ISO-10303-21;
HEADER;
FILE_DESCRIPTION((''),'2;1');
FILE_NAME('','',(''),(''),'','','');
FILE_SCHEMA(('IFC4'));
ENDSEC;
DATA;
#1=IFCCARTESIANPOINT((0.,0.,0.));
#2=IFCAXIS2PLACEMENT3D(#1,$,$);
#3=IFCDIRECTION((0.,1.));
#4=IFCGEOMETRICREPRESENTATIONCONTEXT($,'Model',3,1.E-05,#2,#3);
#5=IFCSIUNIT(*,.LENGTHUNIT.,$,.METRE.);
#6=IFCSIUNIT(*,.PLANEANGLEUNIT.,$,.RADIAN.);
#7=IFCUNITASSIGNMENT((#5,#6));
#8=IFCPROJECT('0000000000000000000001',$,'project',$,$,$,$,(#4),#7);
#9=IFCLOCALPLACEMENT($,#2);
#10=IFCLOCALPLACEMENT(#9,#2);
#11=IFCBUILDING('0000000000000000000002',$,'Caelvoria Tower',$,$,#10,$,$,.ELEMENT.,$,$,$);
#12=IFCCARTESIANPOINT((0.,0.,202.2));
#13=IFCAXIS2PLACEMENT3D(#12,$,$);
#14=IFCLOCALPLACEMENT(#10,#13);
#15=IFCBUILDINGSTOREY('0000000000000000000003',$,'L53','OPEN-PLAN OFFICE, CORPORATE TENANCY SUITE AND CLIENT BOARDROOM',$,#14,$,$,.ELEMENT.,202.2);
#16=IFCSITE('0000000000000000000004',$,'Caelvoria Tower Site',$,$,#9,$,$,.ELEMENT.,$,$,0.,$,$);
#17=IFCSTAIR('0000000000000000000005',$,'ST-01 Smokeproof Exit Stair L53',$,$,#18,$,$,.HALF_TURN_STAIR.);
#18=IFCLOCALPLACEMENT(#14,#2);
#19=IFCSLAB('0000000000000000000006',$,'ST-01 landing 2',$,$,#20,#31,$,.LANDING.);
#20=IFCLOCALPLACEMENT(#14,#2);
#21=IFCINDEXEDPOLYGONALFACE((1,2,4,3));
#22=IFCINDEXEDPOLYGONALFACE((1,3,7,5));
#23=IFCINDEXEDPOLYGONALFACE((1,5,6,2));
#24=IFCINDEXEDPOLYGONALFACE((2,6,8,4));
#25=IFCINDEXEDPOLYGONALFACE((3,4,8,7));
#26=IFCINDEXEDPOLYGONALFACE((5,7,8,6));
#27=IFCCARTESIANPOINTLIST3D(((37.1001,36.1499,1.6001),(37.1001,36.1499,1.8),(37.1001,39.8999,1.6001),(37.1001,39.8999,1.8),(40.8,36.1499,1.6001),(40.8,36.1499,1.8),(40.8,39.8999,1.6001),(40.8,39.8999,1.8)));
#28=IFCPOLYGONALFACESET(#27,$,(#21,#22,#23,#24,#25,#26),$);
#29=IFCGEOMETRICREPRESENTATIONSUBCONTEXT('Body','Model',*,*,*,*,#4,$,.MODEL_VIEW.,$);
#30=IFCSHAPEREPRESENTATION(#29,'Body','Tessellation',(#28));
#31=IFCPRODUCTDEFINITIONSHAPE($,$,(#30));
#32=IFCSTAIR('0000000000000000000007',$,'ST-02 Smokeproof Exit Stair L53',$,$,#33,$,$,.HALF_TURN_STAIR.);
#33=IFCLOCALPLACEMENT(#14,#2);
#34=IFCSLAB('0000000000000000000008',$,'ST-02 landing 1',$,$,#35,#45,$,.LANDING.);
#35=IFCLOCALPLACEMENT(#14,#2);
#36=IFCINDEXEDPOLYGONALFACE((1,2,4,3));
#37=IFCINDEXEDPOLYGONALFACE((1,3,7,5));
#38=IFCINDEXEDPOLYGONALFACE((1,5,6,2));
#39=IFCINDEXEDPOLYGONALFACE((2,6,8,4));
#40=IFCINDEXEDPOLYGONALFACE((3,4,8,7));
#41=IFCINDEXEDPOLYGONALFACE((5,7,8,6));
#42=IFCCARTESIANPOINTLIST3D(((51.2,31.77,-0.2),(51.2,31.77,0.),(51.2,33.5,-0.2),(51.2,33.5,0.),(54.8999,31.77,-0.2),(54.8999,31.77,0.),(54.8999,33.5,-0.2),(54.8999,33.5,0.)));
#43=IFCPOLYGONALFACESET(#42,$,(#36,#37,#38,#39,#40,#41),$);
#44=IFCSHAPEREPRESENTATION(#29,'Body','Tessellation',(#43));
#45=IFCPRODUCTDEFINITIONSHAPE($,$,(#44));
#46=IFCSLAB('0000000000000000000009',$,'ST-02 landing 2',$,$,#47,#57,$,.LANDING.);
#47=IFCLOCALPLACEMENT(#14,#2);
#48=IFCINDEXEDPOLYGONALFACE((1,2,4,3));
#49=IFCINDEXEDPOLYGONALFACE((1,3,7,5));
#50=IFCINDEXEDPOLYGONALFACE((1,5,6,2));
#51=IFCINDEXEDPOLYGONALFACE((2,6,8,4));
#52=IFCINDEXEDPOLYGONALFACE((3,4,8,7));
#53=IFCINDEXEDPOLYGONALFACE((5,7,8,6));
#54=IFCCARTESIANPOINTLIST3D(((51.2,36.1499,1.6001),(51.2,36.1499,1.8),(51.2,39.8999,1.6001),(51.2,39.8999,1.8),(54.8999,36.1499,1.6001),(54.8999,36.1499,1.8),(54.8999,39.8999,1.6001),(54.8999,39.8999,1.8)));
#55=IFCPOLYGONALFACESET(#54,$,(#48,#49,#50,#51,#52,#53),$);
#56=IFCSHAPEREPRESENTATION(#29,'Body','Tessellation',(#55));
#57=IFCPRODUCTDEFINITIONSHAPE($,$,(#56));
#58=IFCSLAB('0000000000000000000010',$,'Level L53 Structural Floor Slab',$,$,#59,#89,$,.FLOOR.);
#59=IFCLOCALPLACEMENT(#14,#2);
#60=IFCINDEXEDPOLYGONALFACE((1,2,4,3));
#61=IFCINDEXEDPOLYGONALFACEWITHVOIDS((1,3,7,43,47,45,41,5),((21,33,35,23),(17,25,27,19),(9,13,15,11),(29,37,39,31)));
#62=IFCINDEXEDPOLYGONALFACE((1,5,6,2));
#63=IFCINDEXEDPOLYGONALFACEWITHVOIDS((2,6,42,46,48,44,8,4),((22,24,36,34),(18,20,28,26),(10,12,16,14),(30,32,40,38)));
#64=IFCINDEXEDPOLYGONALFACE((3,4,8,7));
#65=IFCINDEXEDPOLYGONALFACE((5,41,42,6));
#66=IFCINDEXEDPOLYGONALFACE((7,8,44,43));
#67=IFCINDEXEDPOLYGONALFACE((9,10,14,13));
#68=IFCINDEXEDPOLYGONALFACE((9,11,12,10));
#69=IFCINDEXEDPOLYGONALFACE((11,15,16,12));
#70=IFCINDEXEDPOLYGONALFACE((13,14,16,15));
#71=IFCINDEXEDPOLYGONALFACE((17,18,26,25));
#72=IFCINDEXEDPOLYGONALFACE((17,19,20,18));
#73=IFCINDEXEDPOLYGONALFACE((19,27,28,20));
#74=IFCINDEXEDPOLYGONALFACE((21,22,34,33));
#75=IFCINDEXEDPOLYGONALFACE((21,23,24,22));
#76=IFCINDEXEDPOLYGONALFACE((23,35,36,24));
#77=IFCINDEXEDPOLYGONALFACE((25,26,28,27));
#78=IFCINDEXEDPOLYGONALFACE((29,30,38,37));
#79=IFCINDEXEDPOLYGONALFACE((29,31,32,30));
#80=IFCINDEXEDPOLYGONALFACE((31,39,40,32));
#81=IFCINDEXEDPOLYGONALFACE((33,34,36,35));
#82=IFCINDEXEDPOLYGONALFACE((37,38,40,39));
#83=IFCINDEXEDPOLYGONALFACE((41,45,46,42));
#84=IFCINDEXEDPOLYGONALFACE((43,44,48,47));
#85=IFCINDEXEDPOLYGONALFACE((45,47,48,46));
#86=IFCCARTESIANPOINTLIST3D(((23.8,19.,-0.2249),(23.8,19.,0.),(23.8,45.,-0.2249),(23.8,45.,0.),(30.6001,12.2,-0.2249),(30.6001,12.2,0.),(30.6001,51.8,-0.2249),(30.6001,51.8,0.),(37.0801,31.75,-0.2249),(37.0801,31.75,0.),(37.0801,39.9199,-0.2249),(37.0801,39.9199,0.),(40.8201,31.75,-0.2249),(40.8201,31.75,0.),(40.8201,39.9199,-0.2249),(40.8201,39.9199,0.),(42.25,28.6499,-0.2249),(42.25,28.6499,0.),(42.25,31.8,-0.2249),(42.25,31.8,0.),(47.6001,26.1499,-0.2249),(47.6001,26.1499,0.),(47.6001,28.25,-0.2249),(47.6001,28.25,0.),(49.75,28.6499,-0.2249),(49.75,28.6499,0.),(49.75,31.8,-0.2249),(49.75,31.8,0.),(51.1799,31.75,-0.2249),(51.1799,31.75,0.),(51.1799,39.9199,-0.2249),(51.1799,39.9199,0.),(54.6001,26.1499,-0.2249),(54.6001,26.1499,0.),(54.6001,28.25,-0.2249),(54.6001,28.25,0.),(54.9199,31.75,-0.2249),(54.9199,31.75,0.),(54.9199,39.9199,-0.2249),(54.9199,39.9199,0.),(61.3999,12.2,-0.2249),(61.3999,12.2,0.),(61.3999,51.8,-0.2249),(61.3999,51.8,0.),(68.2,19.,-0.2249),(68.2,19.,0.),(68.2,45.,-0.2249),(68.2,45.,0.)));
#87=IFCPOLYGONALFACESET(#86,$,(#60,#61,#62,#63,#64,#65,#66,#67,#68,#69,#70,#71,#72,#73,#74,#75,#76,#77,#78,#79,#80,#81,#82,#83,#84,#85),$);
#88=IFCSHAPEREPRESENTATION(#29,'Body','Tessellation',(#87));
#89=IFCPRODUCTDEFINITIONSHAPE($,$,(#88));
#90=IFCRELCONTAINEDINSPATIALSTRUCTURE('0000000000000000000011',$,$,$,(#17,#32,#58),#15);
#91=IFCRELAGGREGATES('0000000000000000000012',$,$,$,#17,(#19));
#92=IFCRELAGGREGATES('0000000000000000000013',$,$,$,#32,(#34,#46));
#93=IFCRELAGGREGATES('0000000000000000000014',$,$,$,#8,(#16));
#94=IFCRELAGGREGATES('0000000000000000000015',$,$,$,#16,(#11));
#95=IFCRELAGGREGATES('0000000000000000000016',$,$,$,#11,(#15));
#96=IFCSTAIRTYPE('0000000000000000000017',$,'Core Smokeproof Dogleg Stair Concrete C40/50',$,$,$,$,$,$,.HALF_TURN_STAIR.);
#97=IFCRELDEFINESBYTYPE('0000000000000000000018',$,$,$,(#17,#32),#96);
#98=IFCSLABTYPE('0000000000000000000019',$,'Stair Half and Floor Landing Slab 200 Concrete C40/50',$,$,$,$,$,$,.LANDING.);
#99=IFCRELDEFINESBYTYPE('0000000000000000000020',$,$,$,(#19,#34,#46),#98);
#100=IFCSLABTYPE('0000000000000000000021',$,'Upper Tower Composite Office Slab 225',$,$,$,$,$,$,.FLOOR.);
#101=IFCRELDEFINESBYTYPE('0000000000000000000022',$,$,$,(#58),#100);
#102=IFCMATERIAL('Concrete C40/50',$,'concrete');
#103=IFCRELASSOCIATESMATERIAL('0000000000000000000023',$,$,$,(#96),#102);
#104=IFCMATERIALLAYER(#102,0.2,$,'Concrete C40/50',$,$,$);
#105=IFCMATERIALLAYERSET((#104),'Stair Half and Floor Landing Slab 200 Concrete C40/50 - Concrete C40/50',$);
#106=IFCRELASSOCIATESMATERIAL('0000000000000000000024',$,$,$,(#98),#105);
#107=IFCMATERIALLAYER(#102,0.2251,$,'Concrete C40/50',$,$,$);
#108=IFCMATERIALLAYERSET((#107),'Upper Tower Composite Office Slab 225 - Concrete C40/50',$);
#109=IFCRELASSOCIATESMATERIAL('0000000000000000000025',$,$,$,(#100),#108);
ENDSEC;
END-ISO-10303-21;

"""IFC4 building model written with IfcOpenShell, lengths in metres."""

from ifc_helpers import new_model, si_unit, direction, frame, origin, place, context, subcontext, project, spatial, polyline, outline, extrude, material, layer, layer_set, type_object, element, aggregate, save


model = new_model("IFC4")

# Units and contexts
model_context = context("Model", 3, precision=1e-05, world=origin(), true_north=direction((0.0, 1.0)))
body_context = subcontext(model_context, "Body", "Model", "MODEL_VIEW")
ifc_project = project(units=[si_unit("LENGTHUNIT", "METRE"), si_unit("PLANEANGLEUNIT", "RADIAN")], contexts=[model_context])

# Site, building, storey
site_placement = place(None, origin())
site = spatial("IfcSite", under=ifc_project, at=site_placement, Name="Caelvoria Tower Site", CompositionType="ELEMENT", RefElevation=0.0)
building_placement = place(site_placement, origin())
building = spatial("IfcBuilding", under=site, at=building_placement, Name="Caelvoria Tower", CompositionType="ELEMENT")
storey_placement = place(building_placement, frame((0.0, 0.0, 202.2)))
storey = spatial("IfcBuildingStorey", under=building, at=storey_placement, Name="L53", Description="OPEN-PLAN OFFICE, CORPORATE TENANCY SUITE AND CLIENT BOARDROOM", CompositionType="ELEMENT", Elevation=202.2)

# Stairs, slabs
ifc_material_1 = material(Name="Concrete C40/50", Category="concrete")
stair_type = type_object("IfcStairType", Name="Core Smokeproof Dogleg Stair Concrete C40/50", PredefinedType="HALF_TURN_STAIR", material=ifc_material_1)
stair_1_placement = place(storey_placement, origin())
stair_1 = element("IfcStair", 1, at=stair_1_placement, inside=storey, type_object=stair_type, Name="ST-01 Smokeproof Exit Stair L53", PredefinedType="HALF_TURN_STAIR")
ifc_layer_1 = layer(ifc_material_1, 0.2, Name="Concrete C40/50")
ifc_layer_set_1 = layer_set([ifc_layer_1], Name="Stair Half and Floor Landing Slab 200 Concrete C40/50 - Concrete C40/50")
slab_type_1 = type_object("IfcSlabType", Name="Stair Half and Floor Landing Slab 200 Concrete C40/50", PredefinedType="LANDING", material=ifc_layer_set_1)
slab_1_placement = place(storey_placement, frame((0.0, 0.0, 1.6001)))
slab_1 = element("IfcSlab", 2, at=slab_1_placement, type_object=slab_type_1, Name="ST-01 landing 2", PredefinedType="LANDING", context=body_context, shape_type="SweptSolid", body=[
    extrude(outline(polyline([(37.1001, 36.1499), (40.8, 36.1499), (40.8, 39.8999), (37.1001, 39.8999), (37.1001, 36.1499)])), origin(), (0.0, 0.0, 1.0), 0.2),
])
aggregate(stair_1, [slab_1])
stair_2_placement = place(storey_placement, origin())
stair_2 = element("IfcStair", 3, at=stair_2_placement, inside=storey, type_object=stair_type, Name="ST-02 Smokeproof Exit Stair L53", PredefinedType="HALF_TURN_STAIR")
slab_2_placement = place(storey_placement, frame((0.0, 0.0, -0.2)))
slab_2 = element("IfcSlab", 4, at=slab_2_placement, type_object=slab_type_1, Name="ST-02 landing 1", PredefinedType="LANDING", context=body_context, shape_type="SweptSolid", body=[
    extrude(outline(polyline([(51.2, 31.77), (54.8999, 31.77), (54.8999, 33.5), (51.2, 33.5), (51.2, 31.77)])), origin(), (0.0, 0.0, 1.0), 0.2),
])
slab_3_placement = place(storey_placement, frame((0.0, 0.0, 1.6001)))
slab_3 = element("IfcSlab", 5, at=slab_3_placement, type_object=slab_type_1, Name="ST-02 landing 2", PredefinedType="LANDING", context=body_context, shape_type="SweptSolid", body=[
    extrude(outline(polyline([(51.2, 36.1499), (54.8999, 36.1499), (54.8999, 39.8999), (51.2, 39.8999), (51.2, 36.1499)])), origin(), (0.0, 0.0, 1.0), 0.2),
])
aggregate(stair_2, [slab_2, slab_3])

# Slab
ifc_layer_2 = layer(ifc_material_1, 0.2251, Name="Concrete C40/50")
ifc_layer_set_2 = layer_set([ifc_layer_2], Name="Upper Tower Composite Office Slab 225 - Concrete C40/50")
slab_type_2 = type_object("IfcSlabType", Name="Upper Tower Composite Office Slab 225", PredefinedType="FLOOR", material=ifc_layer_set_2)
slab_4_placement = place(storey_placement, frame((0.0, 0.0, -0.2249)))
element("IfcSlab", 6, at=slab_4_placement, inside=storey, type_object=slab_type_2, Name="Level L53 Structural Floor Slab", PredefinedType="FLOOR", context=body_context, shape_type="SweptSolid", body=[
    extrude(outline(polyline([(30.6001, 12.2), (61.3999, 12.2), (68.2, 19.0), (68.2, 45.0), (61.3999, 51.8), (30.6001, 51.8), (23.8, 45.0), (23.8, 19.0), (30.6001, 12.2)]), holes=[polyline([(37.0801, 31.75), (40.8201, 31.75), (40.8201, 39.9199), (37.0801, 39.9199), (37.0801, 31.75)]), polyline([(51.1799, 31.75), (54.9199, 31.75), (54.9199, 39.9199), (51.1799, 39.9199), (51.1799, 31.75)]), polyline([(42.25, 28.6499), (49.75, 28.6499), (49.75, 31.8), (42.25, 31.8), (42.25, 28.6499)]), polyline([(47.6001, 26.1499), (54.6001, 26.1499), (54.6001, 28.25), (47.6001, 28.25), (47.6001, 26.1499)])]), origin(), (0.0, 0.0, 1.0), 0.2249),
])

save(model, "model.ifc")
